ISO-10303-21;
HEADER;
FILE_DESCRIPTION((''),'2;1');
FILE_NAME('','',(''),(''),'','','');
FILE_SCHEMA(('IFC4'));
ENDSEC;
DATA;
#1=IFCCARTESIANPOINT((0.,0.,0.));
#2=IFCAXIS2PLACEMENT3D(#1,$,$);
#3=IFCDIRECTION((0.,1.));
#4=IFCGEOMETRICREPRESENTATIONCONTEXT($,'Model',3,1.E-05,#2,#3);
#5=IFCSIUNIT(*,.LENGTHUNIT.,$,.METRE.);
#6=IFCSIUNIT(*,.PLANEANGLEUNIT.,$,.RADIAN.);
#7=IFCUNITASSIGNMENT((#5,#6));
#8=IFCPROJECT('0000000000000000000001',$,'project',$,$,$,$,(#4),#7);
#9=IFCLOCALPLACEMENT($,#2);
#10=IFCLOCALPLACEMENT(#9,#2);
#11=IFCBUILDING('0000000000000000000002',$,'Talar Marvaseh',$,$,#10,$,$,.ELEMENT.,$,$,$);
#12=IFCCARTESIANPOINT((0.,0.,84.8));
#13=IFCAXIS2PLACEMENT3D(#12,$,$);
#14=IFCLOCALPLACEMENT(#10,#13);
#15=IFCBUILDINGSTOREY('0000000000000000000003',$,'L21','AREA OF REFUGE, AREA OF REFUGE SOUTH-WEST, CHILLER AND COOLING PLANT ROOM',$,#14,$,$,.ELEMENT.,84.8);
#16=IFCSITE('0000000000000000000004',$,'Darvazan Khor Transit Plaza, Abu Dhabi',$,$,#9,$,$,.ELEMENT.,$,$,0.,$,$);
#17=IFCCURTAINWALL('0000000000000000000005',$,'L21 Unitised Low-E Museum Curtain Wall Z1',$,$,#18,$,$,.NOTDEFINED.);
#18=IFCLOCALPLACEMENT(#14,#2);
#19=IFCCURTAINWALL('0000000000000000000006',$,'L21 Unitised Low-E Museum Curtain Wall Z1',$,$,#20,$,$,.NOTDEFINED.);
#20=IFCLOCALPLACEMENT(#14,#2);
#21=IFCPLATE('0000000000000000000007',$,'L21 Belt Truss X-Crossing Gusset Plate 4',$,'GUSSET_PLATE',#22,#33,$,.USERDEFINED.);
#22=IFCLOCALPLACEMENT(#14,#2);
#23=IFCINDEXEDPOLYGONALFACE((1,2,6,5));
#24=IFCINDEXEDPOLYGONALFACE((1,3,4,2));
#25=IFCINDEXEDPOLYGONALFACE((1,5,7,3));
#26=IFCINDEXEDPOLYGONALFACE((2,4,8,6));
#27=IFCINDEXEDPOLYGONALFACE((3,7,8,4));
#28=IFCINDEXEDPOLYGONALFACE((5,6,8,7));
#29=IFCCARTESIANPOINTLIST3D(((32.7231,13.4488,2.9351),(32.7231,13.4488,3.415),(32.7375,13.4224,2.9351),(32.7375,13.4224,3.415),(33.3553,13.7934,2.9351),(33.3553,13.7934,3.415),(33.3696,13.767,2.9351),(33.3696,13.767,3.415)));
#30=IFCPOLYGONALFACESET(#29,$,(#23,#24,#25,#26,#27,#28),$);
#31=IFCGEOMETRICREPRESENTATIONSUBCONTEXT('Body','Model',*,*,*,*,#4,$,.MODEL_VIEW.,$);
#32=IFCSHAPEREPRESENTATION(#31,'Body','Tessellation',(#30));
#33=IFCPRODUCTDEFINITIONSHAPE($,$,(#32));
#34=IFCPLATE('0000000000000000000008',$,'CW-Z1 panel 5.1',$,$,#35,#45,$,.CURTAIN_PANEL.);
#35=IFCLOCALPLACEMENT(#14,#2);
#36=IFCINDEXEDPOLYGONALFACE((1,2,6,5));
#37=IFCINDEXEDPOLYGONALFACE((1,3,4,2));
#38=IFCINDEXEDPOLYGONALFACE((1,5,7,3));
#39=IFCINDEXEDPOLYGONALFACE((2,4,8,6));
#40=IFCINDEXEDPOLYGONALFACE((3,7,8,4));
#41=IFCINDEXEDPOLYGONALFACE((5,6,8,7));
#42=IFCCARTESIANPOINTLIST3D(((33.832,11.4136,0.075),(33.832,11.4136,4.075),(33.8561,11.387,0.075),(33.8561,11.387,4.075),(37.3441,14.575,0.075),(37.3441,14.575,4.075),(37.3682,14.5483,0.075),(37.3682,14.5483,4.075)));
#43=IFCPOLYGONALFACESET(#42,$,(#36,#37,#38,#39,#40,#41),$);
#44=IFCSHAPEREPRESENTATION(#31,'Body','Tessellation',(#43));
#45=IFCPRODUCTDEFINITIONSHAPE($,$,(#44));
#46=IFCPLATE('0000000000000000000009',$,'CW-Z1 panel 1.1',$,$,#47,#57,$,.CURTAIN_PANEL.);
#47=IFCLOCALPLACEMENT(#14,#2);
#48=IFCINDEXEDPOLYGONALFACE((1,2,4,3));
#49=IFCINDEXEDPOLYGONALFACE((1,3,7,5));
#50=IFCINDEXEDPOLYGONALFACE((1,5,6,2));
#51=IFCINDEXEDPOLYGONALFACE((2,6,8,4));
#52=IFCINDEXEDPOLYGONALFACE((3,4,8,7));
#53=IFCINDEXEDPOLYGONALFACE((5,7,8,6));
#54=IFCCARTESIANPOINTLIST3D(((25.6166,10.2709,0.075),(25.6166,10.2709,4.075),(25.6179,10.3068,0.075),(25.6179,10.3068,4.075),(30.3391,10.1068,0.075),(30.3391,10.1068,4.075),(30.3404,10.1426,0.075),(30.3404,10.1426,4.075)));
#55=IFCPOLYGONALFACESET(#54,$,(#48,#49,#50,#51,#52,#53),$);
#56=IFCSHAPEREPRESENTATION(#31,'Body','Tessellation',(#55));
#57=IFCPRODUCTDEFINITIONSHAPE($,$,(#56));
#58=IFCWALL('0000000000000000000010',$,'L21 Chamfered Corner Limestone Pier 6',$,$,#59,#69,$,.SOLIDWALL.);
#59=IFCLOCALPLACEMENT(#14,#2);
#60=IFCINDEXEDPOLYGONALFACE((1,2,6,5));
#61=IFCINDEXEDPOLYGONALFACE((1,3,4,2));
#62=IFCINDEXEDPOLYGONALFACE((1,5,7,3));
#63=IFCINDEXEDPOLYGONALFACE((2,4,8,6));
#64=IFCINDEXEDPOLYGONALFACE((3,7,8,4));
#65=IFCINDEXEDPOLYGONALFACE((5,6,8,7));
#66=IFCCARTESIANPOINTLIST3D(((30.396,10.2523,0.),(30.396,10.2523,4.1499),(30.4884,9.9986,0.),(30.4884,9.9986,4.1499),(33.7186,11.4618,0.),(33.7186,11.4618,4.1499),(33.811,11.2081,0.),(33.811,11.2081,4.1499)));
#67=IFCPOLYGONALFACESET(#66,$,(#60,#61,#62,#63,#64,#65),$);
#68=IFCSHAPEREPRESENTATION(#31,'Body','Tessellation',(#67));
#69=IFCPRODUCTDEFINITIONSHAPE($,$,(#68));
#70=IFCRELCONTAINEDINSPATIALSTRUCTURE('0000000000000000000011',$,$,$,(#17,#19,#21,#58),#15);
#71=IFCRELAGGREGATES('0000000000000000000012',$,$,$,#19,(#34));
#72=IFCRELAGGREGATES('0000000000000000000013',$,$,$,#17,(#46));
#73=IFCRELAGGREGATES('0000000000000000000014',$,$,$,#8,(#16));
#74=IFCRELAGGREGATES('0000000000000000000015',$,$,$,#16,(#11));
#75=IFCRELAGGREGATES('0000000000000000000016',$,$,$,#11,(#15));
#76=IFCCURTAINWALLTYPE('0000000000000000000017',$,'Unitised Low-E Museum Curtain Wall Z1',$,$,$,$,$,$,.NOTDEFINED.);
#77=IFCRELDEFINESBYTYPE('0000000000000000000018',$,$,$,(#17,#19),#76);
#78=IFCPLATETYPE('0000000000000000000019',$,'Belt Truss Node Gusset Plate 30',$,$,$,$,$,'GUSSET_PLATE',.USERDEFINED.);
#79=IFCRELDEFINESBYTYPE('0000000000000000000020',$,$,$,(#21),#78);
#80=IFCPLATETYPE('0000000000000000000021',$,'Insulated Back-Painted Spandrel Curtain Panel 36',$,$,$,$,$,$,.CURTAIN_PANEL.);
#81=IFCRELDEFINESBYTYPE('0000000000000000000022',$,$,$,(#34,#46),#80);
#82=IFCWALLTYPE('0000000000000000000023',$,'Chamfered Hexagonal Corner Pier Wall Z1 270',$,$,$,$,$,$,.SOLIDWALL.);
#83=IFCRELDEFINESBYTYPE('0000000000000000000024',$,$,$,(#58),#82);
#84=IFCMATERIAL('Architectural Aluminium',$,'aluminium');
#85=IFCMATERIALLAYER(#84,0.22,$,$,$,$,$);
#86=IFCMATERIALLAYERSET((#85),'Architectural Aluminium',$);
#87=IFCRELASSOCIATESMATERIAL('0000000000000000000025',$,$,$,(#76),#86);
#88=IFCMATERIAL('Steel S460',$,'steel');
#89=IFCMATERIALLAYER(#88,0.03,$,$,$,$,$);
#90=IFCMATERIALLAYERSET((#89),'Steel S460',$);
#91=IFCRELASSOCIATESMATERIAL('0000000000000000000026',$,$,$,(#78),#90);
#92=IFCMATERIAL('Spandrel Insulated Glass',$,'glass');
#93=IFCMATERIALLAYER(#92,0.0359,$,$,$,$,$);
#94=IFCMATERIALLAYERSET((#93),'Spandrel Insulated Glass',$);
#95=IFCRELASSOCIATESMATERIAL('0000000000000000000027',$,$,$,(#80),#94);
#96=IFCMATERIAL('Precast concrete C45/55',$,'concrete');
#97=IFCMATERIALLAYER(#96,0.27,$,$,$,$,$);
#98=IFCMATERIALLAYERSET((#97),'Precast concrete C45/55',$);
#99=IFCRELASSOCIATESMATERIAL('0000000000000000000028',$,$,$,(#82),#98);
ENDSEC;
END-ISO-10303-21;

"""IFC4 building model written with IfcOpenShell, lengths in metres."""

from ifc_helpers import new_model, si_unit, direction, frame, frame_2d, origin, origin_2d, place, context, subcontext, project, spatial, rectangle, extrude, source, transform, mapped, material, layer, layer_set, type_object, type_shapes, element, aggregate, save


model = new_model("IFC4")

# Units and contexts
model_context = context("Model", 3, precision=1e-05, world=origin(), true_north=direction((0.0, 1.0)))
body_context = subcontext(model_context, "Body", "Model", "MODEL_VIEW")
ifc_project = project(units=[si_unit("LENGTHUNIT", "METRE"), si_unit("PLANEANGLEUNIT", "RADIAN")], contexts=[model_context])

# Site, building, storey
site_placement = place(None, origin())
site = spatial("IfcSite", under=ifc_project, at=site_placement, Name="Darvazan Khor Transit Plaza, Abu Dhabi", CompositionType="ELEMENT", RefElevation=0.0)
building_placement = place(site_placement, origin())
building = spatial("IfcBuilding", under=site, at=building_placement, Name="Talar Marvaseh", CompositionType="ELEMENT")
storey_placement = place(building_placement, frame((0.0, 0.0, 84.8)))
storey = spatial("IfcBuildingStorey", under=building, at=storey_placement, Name="L21", Description="AREA OF REFUGE, AREA OF REFUGE SOUTH-WEST, CHILLER AND COOLING PLANT ROOM", CompositionType="ELEMENT", Elevation=84.8)

# Shared definitions
ifc_material_1 = material(Name="Steel S460", Category="steel")

# Curtain wall
ifc_material_2 = material(Name="Architectural Aluminium", Category="aluminium")
ifc_layer_1 = layer(ifc_material_2, 0.22)
ifc_layer_set_1 = layer_set([ifc_layer_1], Name="Architectural Aluminium")
curtain_wall_type = type_object("IfcCurtainWallType", Name="Unitised Low-E Museum Curtain Wall Z1", PredefinedType="NOTDEFINED", material=ifc_layer_set_1)
curtain_wall_1_placement = place(storey_placement, origin())
curtain_wall_1 = element("IfcCurtainWall", 1, at=curtain_wall_1_placement, inside=storey, type_object=curtain_wall_type, Name="L21 Unitised Low-E Museum Curtain Wall Z1", PredefinedType="NOTDEFINED")

# Curtain wall
curtain_wall_2_placement = place(storey_placement, origin())
curtain_wall_2 = element("IfcCurtainWall", 2, at=curtain_wall_2_placement, inside=storey, type_object=curtain_wall_type, Name="L21 Unitised Low-E Museum Curtain Wall Z1", PredefinedType="NOTDEFINED")

# Plate
ifc_layer_2 = layer(ifc_material_1, 0.03)
ifc_layer_set_2 = layer_set([ifc_layer_2], Name="Steel S460")
plate_type_1 = type_object("IfcPlateType", Name="Belt Truss Node Gusset Plate 30", ElementType="GUSSET_PLATE", PredefinedType="USERDEFINED", material=ifc_layer_set_2)
shared_shape_1 = source(origin(), body_context, "Body", "SweptSolid", [
    extrude(rectangle(XDim=0.72, YDim=0.03, at=origin_2d()), origin(), (0.0, 0.0, 1.0), 0.48),
])
type_shapes(plate_type_1, [shared_shape_1])
plate_1_placement = place(storey_placement, frame((33.0464, 13.6079, 2.9351), z_axis=(0.0, 0.0, 1.0), x_axis=(-0.877983, -0.478692, 0.0)))
element("IfcPlate", 3, at=plate_1_placement, inside=storey, type_object=plate_type_1, Name="L21 Belt Truss X-Crossing Gusset Plate 4", ObjectType="GUSSET_PLATE", PredefinedType="USERDEFINED", context=body_context, shape_type="MappedRepresentation", body=[
    mapped(shared_shape_1, transform((0.0, 0.0, 0.0), x_axis=(1.0, 0.0, 0.0), y_axis=(0.0, 1.0, 0.0), z_axis=(0.0, 0.0, 1.0), scale=1.0)),
])

# Plates
ifc_material_3 = material(Name="Spandrel Insulated Glass", Category="glass")
ifc_layer_3 = layer(ifc_material_3, 0.0359)
ifc_layer_set_3 = layer_set([ifc_layer_3], Name="Spandrel Insulated Glass")
plate_type_2 = type_object("IfcPlateType", Name="Insulated Back-Painted Spandrel Curtain Panel 36", PredefinedType="CURTAIN_PANEL", material=ifc_layer_set_3)
shared_shape_2 = source(origin(), body_context, "Body", "SweptSolid", [
    extrude(rectangle(XDim=4.7253, YDim=0.0359, at=origin_2d()), origin(), (0.0, 0.0, 1.0), 4.0),
])
type_shapes(plate_type_2, [shared_shape_2])
plate_2_placement = place(storey_placement, frame((35.6001, 12.981, 0.075), z_axis=(0.0, 0.0, 1.0), x_axis=(-0.743248, -0.669016, 0.0)))
plate_2 = element("IfcPlate", 4, at=plate_2_placement, type_object=plate_type_2, Name="CW-Z1 panel 5.1", PredefinedType="CURTAIN_PANEL", context=body_context, shape_type="MappedRepresentation", body=[
    mapped(shared_shape_2, transform((0.0, 0.0, 0.0), x_axis=(1.0, 0.0, 0.0), y_axis=(0.0, 1.0, 0.0), z_axis=(0.0, 0.0, 1.0), scale=1.0)),
])
aggregate(curtain_wall_2, [plate_2])
plate_3_placement = place(storey_placement, frame((27.9785, 10.2068, 0.075), z_axis=(0.0, 0.0, 1.0), x_axis=(-0.999396, 0.034747, 0.0)))
plate_3 = element("IfcPlate", 5, at=plate_3_placement, type_object=plate_type_2, Name="CW-Z1 panel 1.1", PredefinedType="CURTAIN_PANEL", context=body_context, shape_type="MappedRepresentation", body=[
    mapped(shared_shape_2, transform((0.0, 0.0, 0.0), x_axis=(1.0, 0.0, 0.0), y_axis=(0.0, 1.0, 0.0), z_axis=(0.0, 0.0, 1.0), scale=1.0)),
])
aggregate(curtain_wall_1, [plate_3])

# Wall
ifc_material_4 = material(Name="Precast concrete C45/55", Category="concrete")
ifc_layer_4 = layer(ifc_material_4, 0.27)
ifc_layer_set_4 = layer_set([ifc_layer_4], Name="Precast concrete C45/55")
wall_type = type_object("IfcWallType", Name="Chamfered Hexagonal Corner Pier Wall Z1 270", PredefinedType="SOLIDWALL", material=ifc_layer_set_4)
wall_placement = place(storey_placement, frame((33.7649, 11.335, 0.0), z_axis=(0.0, 0.0, 1.0), x_axis=(-0.939676, -0.342065, 0.0)))
element("IfcWall", 6, at=wall_placement, inside=storey, type_object=wall_type, Name="L21 Chamfered Corner Limestone Pier 6", PredefinedType="SOLIDWALL", context=body_context, shape_type="SweptSolid", body=[
    extrude(rectangle(XDim=3.5359, YDim=0.27, at=frame_2d((1.7681, 0.0))), origin(), (0.0, 0.0, 1.0), 4.1499),
])

save(model, "model.ifc")
